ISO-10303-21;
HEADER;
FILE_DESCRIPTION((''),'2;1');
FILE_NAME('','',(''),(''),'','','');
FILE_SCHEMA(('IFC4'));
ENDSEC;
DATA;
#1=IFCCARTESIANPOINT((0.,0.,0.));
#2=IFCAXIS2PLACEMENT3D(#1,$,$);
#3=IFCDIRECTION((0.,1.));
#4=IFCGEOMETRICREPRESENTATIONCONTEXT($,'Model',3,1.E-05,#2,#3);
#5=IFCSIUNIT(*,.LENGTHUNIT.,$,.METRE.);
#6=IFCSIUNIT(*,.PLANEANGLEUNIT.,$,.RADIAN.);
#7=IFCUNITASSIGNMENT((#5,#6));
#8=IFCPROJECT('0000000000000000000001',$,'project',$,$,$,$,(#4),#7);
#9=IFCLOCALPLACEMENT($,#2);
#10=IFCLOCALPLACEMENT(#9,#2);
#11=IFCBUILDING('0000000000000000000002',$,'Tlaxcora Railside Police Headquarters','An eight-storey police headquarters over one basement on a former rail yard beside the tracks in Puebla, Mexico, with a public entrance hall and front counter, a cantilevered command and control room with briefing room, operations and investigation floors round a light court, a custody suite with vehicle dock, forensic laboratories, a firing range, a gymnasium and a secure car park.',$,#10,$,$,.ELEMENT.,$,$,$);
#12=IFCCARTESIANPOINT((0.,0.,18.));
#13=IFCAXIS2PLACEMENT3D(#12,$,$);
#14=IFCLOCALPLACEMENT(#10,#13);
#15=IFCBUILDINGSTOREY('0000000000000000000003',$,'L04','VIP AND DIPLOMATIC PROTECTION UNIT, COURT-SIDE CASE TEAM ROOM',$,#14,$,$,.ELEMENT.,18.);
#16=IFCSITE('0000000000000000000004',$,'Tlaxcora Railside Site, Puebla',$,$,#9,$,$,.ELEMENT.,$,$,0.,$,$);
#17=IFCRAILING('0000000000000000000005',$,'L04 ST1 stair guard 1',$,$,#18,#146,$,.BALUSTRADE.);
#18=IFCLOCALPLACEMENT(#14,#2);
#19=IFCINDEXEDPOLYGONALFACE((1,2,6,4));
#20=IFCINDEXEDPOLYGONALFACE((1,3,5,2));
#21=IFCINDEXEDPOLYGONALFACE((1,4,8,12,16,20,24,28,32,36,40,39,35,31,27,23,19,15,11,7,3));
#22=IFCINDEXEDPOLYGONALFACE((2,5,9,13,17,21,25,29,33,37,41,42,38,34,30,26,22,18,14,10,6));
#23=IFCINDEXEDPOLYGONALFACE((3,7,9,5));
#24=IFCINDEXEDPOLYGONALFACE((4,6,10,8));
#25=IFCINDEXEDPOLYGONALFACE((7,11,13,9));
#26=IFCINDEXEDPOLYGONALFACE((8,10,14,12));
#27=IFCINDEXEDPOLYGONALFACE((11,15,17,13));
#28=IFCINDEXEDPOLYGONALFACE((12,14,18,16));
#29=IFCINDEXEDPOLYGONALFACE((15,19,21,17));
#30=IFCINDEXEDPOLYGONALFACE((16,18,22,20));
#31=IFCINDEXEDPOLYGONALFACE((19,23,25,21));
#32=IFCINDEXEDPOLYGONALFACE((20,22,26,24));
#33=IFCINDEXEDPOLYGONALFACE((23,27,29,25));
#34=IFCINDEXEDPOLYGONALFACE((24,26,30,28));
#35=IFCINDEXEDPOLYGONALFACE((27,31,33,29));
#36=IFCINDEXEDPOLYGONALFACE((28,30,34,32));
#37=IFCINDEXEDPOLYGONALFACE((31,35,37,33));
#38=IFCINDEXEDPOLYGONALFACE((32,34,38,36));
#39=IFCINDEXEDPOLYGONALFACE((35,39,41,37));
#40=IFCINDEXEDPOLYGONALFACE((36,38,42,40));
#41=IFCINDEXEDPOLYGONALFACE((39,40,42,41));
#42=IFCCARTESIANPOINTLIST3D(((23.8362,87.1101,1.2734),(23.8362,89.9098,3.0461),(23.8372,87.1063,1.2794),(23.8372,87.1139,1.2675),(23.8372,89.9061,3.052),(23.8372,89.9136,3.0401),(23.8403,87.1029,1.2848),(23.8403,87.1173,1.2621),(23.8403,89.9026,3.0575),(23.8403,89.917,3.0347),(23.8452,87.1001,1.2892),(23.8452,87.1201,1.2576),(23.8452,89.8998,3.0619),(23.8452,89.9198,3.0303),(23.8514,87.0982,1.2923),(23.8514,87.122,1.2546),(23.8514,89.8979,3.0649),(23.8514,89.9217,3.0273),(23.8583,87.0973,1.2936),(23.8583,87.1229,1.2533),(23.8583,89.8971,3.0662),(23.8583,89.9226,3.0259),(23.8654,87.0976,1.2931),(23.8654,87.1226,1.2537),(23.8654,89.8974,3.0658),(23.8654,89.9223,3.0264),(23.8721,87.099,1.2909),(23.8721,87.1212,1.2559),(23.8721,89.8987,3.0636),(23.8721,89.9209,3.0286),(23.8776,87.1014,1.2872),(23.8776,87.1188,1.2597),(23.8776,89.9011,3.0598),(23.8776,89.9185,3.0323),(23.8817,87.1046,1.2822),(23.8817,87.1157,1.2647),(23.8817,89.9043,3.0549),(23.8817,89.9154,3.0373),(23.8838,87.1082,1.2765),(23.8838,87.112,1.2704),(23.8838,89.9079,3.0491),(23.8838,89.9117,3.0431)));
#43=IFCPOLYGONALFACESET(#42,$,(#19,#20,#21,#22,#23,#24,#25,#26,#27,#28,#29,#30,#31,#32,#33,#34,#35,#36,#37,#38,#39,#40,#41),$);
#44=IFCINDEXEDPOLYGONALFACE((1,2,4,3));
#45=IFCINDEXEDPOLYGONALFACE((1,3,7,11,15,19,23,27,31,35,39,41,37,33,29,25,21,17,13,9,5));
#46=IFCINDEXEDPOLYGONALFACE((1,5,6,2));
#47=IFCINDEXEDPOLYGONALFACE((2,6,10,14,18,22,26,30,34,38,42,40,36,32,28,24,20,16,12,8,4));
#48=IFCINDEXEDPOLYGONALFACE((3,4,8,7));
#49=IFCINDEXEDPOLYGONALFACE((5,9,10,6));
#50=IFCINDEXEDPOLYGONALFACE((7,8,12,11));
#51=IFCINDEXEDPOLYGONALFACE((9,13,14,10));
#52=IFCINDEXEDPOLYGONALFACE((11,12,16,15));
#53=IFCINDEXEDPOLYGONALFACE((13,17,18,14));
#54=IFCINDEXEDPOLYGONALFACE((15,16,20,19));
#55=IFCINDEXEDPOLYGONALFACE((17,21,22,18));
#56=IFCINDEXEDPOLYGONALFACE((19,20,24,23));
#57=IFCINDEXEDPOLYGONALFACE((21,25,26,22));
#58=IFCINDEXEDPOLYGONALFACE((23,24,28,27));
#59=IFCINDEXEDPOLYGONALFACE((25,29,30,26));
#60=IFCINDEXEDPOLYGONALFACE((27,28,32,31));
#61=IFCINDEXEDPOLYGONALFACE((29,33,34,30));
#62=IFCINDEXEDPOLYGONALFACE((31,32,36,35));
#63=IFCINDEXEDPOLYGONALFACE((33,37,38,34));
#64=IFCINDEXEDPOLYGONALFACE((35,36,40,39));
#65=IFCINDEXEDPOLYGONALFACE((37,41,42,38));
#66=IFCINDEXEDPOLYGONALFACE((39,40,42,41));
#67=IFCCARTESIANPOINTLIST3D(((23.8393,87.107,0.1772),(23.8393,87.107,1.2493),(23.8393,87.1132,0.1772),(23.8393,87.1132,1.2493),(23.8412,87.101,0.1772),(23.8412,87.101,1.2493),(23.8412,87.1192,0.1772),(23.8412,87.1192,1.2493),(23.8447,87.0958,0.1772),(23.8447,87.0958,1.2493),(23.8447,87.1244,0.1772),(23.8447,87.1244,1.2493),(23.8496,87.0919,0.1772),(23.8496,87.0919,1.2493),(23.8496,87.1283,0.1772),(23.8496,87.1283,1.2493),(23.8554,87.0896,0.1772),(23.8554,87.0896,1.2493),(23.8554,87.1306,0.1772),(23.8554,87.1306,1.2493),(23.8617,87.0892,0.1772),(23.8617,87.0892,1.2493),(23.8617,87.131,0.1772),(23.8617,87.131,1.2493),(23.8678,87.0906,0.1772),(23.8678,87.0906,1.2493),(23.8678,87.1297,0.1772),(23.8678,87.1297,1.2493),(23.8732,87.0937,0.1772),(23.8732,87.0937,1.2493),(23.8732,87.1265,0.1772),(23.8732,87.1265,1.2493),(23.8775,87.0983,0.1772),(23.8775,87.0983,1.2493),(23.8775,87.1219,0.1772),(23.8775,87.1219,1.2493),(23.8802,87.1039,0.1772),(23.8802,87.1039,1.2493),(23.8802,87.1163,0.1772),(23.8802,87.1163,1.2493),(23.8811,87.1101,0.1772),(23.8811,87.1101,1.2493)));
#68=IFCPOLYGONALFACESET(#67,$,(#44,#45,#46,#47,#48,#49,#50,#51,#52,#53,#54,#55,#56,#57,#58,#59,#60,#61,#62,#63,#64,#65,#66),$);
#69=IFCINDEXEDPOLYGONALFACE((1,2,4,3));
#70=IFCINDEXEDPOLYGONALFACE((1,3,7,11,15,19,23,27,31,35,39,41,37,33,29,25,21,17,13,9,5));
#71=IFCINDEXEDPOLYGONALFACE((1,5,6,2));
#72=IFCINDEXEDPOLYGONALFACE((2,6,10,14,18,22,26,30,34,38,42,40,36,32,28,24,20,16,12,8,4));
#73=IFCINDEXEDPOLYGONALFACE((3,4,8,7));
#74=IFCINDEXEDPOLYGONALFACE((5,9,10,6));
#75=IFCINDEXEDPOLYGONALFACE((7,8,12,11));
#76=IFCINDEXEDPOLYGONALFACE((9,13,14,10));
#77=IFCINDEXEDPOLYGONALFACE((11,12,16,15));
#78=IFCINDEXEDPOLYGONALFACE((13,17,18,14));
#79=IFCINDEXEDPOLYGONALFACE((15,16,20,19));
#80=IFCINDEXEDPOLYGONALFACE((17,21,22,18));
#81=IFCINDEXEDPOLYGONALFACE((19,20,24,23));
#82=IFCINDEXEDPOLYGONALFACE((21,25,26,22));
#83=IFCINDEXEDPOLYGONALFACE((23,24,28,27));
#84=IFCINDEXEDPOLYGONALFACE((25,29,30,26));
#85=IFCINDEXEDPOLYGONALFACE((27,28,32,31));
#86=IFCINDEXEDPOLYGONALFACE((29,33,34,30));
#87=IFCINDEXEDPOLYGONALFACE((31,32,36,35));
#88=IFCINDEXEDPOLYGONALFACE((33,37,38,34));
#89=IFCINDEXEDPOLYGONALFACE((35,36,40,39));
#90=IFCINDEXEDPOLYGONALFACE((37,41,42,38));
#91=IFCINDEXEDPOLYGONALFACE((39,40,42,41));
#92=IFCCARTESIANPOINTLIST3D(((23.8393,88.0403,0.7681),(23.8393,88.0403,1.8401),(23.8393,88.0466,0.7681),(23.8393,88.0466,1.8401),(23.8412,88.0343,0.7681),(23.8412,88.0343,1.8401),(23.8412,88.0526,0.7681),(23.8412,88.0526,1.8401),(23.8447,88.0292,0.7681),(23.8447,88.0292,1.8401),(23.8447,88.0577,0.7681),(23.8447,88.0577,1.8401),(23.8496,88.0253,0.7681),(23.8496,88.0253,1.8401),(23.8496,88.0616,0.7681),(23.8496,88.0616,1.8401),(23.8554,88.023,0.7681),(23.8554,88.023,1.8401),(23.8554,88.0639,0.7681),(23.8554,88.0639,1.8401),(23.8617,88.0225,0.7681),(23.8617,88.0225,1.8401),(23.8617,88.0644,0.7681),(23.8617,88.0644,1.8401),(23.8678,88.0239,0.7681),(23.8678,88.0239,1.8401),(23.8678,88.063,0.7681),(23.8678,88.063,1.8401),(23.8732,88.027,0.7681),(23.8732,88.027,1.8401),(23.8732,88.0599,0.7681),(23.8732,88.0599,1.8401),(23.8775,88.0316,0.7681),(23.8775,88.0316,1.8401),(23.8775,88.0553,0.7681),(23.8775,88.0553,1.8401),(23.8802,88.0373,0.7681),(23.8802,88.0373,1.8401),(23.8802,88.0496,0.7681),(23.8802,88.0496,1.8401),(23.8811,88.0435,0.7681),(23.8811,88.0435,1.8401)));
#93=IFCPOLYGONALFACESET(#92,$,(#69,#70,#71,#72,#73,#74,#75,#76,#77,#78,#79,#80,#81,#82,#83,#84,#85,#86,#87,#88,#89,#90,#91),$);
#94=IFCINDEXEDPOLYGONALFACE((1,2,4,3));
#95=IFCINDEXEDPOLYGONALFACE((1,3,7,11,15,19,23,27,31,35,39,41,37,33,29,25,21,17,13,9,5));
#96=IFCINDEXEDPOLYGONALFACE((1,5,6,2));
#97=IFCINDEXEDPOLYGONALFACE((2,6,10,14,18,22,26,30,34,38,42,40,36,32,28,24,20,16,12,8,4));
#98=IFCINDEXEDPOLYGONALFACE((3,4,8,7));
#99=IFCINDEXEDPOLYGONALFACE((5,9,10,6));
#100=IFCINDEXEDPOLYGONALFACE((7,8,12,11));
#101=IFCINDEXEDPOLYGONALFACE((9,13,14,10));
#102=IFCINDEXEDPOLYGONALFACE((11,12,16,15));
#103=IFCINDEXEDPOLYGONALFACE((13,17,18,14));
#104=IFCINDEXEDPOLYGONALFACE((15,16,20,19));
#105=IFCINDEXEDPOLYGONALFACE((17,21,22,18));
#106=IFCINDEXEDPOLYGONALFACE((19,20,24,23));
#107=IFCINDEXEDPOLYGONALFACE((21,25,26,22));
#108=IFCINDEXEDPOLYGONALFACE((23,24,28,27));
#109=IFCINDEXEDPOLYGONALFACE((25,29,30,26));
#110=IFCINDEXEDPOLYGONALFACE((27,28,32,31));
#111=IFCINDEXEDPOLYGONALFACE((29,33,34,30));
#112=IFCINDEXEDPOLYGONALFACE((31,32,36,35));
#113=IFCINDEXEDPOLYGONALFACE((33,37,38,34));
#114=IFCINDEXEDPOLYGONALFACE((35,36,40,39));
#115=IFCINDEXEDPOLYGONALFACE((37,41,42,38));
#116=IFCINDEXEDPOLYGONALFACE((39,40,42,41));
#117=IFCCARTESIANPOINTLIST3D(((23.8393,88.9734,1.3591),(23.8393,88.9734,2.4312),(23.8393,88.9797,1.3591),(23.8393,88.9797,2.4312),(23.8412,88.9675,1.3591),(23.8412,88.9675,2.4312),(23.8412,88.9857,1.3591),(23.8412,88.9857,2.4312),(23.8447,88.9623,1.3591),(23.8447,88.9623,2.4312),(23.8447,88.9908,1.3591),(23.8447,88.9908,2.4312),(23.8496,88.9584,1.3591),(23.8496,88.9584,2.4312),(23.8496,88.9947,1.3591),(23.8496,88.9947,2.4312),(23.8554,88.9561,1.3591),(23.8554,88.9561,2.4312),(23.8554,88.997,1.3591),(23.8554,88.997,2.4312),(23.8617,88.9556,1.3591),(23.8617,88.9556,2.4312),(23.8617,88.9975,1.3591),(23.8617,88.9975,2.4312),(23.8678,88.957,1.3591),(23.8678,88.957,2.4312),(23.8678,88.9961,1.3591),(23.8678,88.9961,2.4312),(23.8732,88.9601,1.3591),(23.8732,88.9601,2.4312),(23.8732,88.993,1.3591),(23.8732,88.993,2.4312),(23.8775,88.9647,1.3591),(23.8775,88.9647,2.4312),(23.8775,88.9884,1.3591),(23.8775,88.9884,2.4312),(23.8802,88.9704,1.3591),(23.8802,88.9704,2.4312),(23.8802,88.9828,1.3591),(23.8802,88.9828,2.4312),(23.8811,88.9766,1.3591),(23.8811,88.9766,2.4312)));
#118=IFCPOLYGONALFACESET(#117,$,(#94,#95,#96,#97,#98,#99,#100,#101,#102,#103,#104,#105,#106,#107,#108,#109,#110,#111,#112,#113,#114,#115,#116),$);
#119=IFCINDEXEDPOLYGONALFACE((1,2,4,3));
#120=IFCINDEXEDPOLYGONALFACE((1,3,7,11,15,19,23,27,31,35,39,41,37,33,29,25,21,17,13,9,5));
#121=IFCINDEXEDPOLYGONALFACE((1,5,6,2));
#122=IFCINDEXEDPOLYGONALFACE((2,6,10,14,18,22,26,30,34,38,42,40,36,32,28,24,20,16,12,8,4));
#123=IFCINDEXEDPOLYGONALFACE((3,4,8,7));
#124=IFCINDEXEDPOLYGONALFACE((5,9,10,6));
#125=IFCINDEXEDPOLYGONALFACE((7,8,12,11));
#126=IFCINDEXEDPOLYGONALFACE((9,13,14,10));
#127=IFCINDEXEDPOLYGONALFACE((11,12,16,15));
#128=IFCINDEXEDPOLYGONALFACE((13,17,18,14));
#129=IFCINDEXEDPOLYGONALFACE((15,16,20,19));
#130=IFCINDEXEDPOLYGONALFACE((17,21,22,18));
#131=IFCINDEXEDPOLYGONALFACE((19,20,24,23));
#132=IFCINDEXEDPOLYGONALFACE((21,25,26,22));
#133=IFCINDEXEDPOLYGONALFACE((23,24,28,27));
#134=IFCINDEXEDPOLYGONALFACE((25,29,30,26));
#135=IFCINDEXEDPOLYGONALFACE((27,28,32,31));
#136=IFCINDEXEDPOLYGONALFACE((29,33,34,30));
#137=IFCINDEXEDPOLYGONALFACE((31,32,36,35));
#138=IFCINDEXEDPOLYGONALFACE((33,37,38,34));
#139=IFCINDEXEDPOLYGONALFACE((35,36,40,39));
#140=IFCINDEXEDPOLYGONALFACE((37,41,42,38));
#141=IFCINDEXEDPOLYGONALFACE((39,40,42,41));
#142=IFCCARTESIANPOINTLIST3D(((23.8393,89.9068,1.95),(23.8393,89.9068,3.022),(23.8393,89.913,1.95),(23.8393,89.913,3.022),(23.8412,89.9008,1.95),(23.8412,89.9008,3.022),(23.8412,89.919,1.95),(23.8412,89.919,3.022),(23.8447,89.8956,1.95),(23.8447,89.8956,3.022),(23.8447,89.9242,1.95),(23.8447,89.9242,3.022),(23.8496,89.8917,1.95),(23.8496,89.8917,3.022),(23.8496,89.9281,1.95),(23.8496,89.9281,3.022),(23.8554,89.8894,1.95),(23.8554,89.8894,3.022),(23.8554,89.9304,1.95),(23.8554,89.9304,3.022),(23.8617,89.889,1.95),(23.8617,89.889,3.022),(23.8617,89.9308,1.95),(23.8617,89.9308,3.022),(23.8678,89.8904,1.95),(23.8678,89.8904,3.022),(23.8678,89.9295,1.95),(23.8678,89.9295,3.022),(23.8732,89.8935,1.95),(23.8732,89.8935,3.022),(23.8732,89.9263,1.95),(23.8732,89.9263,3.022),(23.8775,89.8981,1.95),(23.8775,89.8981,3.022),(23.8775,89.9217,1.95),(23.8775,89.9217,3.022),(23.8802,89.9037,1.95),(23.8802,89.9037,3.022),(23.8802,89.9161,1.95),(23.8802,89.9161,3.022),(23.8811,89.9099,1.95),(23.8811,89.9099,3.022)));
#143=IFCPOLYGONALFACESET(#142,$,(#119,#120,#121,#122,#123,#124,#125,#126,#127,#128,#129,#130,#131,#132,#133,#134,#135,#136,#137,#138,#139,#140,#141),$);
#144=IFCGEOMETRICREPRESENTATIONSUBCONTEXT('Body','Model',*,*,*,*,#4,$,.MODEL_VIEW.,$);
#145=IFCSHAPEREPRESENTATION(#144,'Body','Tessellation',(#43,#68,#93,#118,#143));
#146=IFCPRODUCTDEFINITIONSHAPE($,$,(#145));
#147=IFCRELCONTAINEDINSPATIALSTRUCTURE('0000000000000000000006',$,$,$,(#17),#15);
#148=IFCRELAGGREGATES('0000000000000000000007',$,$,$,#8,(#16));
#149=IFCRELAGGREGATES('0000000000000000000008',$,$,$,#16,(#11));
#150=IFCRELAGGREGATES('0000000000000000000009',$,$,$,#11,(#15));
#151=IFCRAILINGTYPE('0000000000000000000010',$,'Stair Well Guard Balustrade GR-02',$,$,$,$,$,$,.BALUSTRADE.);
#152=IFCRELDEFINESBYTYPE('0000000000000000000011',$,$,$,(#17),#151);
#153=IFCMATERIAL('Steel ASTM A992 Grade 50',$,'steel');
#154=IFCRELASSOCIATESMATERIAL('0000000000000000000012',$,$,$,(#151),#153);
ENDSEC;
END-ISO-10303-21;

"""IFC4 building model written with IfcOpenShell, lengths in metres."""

from ifc_helpers import new_model, si_unit, direction, frame, origin, origin_2d, place, context, subcontext, project, spatial, circle, extrude, material, type_object, element, save


model = new_model("IFC4")

# Units and contexts
model_context = context("Model", 3, precision=1e-05, world=origin(), true_north=direction((0.0, 1.0)))
body_context = subcontext(model_context, "Body", "Model", "MODEL_VIEW")
ifc_project = project(units=[si_unit("LENGTHUNIT", "METRE"), si_unit("PLANEANGLEUNIT", "RADIAN")], contexts=[model_context])

# Site, building, storey
site_placement = place(None, origin())
site = spatial("IfcSite", under=ifc_project, at=site_placement, Name="Tlaxcora Railside Site, Puebla", CompositionType="ELEMENT", RefElevation=0.0)
building_placement = place(site_placement, origin())
building = spatial("IfcBuilding", under=site, at=building_placement, Name="Tlaxcora Railside Police Headquarters", Description="An eight-storey police headquarters over one basement on a former rail yard beside the tracks in Puebla, Mexico, with a public entrance hall and front counter, a cantilevered command and control room with briefing room, operations and investigation floors round a light court, a custody suite with vehicle dock, forensic laboratories, a firing range, a gymnasium and a secure car park.", CompositionType="ELEMENT")
storey_placement = place(building_placement, frame((0.0, 0.0, 18.0)))
storey = spatial("IfcBuildingStorey", under=building, at=storey_placement, Name="L04", Description="VIP AND DIPLOMATIC PROTECTION UNIT, COURT-SIDE CASE TEAM ROOM", CompositionType="ELEMENT", Elevation=18.0)

# Shared definitions
ifc_material_1 = material(Name="Steel ASTM A992 Grade 50", Category="steel")

# Railing
railing_type_1 = type_object("IfcRailingType", Name="Stair Well Guard Balustrade GR-02", PredefinedType="BALUSTRADE", material=ifc_material_1)
railing_1_placement = place(storey_placement, frame((23.8601, 87.1101, 0.1772)))
element("IfcRailing", 1, at=railing_1_placement, inside=storey, type_object=railing_type_1, Name="L04 ST1 stair guard 1", PredefinedType="BALUSTRADE", context=body_context, shape_type="SweptSolid", body=[
    extrude(circle(Radius=0.0239, at=origin_2d()), frame((0.0, 0.0, 1.0962), z_axis=(0.0, 0.844888, 0.534943), x_axis=(-1.0, 0.0, 0.0)), (0.0, 0.0, 1.0), 3.3137),
    extrude(circle(Radius=0.021, at=origin_2d()), origin(), (0.0, 0.0, 1.0), 1.072),
    extrude(circle(Radius=0.021, at=origin_2d()), frame((0.0, 0.9333, 0.5908)), (0.0, 0.0, 1.0), 1.072),
    extrude(circle(Radius=0.021, at=origin_2d()), frame((0.0, 1.8665, 1.1819)), (0.0, 0.0, 1.0), 1.072),
    extrude(circle(Radius=0.021, at=origin_2d()), frame((0.0, 2.7998, 1.7727)), (0.0, 0.0, 1.0), 1.072),
])

save(model, "model.ifc")
